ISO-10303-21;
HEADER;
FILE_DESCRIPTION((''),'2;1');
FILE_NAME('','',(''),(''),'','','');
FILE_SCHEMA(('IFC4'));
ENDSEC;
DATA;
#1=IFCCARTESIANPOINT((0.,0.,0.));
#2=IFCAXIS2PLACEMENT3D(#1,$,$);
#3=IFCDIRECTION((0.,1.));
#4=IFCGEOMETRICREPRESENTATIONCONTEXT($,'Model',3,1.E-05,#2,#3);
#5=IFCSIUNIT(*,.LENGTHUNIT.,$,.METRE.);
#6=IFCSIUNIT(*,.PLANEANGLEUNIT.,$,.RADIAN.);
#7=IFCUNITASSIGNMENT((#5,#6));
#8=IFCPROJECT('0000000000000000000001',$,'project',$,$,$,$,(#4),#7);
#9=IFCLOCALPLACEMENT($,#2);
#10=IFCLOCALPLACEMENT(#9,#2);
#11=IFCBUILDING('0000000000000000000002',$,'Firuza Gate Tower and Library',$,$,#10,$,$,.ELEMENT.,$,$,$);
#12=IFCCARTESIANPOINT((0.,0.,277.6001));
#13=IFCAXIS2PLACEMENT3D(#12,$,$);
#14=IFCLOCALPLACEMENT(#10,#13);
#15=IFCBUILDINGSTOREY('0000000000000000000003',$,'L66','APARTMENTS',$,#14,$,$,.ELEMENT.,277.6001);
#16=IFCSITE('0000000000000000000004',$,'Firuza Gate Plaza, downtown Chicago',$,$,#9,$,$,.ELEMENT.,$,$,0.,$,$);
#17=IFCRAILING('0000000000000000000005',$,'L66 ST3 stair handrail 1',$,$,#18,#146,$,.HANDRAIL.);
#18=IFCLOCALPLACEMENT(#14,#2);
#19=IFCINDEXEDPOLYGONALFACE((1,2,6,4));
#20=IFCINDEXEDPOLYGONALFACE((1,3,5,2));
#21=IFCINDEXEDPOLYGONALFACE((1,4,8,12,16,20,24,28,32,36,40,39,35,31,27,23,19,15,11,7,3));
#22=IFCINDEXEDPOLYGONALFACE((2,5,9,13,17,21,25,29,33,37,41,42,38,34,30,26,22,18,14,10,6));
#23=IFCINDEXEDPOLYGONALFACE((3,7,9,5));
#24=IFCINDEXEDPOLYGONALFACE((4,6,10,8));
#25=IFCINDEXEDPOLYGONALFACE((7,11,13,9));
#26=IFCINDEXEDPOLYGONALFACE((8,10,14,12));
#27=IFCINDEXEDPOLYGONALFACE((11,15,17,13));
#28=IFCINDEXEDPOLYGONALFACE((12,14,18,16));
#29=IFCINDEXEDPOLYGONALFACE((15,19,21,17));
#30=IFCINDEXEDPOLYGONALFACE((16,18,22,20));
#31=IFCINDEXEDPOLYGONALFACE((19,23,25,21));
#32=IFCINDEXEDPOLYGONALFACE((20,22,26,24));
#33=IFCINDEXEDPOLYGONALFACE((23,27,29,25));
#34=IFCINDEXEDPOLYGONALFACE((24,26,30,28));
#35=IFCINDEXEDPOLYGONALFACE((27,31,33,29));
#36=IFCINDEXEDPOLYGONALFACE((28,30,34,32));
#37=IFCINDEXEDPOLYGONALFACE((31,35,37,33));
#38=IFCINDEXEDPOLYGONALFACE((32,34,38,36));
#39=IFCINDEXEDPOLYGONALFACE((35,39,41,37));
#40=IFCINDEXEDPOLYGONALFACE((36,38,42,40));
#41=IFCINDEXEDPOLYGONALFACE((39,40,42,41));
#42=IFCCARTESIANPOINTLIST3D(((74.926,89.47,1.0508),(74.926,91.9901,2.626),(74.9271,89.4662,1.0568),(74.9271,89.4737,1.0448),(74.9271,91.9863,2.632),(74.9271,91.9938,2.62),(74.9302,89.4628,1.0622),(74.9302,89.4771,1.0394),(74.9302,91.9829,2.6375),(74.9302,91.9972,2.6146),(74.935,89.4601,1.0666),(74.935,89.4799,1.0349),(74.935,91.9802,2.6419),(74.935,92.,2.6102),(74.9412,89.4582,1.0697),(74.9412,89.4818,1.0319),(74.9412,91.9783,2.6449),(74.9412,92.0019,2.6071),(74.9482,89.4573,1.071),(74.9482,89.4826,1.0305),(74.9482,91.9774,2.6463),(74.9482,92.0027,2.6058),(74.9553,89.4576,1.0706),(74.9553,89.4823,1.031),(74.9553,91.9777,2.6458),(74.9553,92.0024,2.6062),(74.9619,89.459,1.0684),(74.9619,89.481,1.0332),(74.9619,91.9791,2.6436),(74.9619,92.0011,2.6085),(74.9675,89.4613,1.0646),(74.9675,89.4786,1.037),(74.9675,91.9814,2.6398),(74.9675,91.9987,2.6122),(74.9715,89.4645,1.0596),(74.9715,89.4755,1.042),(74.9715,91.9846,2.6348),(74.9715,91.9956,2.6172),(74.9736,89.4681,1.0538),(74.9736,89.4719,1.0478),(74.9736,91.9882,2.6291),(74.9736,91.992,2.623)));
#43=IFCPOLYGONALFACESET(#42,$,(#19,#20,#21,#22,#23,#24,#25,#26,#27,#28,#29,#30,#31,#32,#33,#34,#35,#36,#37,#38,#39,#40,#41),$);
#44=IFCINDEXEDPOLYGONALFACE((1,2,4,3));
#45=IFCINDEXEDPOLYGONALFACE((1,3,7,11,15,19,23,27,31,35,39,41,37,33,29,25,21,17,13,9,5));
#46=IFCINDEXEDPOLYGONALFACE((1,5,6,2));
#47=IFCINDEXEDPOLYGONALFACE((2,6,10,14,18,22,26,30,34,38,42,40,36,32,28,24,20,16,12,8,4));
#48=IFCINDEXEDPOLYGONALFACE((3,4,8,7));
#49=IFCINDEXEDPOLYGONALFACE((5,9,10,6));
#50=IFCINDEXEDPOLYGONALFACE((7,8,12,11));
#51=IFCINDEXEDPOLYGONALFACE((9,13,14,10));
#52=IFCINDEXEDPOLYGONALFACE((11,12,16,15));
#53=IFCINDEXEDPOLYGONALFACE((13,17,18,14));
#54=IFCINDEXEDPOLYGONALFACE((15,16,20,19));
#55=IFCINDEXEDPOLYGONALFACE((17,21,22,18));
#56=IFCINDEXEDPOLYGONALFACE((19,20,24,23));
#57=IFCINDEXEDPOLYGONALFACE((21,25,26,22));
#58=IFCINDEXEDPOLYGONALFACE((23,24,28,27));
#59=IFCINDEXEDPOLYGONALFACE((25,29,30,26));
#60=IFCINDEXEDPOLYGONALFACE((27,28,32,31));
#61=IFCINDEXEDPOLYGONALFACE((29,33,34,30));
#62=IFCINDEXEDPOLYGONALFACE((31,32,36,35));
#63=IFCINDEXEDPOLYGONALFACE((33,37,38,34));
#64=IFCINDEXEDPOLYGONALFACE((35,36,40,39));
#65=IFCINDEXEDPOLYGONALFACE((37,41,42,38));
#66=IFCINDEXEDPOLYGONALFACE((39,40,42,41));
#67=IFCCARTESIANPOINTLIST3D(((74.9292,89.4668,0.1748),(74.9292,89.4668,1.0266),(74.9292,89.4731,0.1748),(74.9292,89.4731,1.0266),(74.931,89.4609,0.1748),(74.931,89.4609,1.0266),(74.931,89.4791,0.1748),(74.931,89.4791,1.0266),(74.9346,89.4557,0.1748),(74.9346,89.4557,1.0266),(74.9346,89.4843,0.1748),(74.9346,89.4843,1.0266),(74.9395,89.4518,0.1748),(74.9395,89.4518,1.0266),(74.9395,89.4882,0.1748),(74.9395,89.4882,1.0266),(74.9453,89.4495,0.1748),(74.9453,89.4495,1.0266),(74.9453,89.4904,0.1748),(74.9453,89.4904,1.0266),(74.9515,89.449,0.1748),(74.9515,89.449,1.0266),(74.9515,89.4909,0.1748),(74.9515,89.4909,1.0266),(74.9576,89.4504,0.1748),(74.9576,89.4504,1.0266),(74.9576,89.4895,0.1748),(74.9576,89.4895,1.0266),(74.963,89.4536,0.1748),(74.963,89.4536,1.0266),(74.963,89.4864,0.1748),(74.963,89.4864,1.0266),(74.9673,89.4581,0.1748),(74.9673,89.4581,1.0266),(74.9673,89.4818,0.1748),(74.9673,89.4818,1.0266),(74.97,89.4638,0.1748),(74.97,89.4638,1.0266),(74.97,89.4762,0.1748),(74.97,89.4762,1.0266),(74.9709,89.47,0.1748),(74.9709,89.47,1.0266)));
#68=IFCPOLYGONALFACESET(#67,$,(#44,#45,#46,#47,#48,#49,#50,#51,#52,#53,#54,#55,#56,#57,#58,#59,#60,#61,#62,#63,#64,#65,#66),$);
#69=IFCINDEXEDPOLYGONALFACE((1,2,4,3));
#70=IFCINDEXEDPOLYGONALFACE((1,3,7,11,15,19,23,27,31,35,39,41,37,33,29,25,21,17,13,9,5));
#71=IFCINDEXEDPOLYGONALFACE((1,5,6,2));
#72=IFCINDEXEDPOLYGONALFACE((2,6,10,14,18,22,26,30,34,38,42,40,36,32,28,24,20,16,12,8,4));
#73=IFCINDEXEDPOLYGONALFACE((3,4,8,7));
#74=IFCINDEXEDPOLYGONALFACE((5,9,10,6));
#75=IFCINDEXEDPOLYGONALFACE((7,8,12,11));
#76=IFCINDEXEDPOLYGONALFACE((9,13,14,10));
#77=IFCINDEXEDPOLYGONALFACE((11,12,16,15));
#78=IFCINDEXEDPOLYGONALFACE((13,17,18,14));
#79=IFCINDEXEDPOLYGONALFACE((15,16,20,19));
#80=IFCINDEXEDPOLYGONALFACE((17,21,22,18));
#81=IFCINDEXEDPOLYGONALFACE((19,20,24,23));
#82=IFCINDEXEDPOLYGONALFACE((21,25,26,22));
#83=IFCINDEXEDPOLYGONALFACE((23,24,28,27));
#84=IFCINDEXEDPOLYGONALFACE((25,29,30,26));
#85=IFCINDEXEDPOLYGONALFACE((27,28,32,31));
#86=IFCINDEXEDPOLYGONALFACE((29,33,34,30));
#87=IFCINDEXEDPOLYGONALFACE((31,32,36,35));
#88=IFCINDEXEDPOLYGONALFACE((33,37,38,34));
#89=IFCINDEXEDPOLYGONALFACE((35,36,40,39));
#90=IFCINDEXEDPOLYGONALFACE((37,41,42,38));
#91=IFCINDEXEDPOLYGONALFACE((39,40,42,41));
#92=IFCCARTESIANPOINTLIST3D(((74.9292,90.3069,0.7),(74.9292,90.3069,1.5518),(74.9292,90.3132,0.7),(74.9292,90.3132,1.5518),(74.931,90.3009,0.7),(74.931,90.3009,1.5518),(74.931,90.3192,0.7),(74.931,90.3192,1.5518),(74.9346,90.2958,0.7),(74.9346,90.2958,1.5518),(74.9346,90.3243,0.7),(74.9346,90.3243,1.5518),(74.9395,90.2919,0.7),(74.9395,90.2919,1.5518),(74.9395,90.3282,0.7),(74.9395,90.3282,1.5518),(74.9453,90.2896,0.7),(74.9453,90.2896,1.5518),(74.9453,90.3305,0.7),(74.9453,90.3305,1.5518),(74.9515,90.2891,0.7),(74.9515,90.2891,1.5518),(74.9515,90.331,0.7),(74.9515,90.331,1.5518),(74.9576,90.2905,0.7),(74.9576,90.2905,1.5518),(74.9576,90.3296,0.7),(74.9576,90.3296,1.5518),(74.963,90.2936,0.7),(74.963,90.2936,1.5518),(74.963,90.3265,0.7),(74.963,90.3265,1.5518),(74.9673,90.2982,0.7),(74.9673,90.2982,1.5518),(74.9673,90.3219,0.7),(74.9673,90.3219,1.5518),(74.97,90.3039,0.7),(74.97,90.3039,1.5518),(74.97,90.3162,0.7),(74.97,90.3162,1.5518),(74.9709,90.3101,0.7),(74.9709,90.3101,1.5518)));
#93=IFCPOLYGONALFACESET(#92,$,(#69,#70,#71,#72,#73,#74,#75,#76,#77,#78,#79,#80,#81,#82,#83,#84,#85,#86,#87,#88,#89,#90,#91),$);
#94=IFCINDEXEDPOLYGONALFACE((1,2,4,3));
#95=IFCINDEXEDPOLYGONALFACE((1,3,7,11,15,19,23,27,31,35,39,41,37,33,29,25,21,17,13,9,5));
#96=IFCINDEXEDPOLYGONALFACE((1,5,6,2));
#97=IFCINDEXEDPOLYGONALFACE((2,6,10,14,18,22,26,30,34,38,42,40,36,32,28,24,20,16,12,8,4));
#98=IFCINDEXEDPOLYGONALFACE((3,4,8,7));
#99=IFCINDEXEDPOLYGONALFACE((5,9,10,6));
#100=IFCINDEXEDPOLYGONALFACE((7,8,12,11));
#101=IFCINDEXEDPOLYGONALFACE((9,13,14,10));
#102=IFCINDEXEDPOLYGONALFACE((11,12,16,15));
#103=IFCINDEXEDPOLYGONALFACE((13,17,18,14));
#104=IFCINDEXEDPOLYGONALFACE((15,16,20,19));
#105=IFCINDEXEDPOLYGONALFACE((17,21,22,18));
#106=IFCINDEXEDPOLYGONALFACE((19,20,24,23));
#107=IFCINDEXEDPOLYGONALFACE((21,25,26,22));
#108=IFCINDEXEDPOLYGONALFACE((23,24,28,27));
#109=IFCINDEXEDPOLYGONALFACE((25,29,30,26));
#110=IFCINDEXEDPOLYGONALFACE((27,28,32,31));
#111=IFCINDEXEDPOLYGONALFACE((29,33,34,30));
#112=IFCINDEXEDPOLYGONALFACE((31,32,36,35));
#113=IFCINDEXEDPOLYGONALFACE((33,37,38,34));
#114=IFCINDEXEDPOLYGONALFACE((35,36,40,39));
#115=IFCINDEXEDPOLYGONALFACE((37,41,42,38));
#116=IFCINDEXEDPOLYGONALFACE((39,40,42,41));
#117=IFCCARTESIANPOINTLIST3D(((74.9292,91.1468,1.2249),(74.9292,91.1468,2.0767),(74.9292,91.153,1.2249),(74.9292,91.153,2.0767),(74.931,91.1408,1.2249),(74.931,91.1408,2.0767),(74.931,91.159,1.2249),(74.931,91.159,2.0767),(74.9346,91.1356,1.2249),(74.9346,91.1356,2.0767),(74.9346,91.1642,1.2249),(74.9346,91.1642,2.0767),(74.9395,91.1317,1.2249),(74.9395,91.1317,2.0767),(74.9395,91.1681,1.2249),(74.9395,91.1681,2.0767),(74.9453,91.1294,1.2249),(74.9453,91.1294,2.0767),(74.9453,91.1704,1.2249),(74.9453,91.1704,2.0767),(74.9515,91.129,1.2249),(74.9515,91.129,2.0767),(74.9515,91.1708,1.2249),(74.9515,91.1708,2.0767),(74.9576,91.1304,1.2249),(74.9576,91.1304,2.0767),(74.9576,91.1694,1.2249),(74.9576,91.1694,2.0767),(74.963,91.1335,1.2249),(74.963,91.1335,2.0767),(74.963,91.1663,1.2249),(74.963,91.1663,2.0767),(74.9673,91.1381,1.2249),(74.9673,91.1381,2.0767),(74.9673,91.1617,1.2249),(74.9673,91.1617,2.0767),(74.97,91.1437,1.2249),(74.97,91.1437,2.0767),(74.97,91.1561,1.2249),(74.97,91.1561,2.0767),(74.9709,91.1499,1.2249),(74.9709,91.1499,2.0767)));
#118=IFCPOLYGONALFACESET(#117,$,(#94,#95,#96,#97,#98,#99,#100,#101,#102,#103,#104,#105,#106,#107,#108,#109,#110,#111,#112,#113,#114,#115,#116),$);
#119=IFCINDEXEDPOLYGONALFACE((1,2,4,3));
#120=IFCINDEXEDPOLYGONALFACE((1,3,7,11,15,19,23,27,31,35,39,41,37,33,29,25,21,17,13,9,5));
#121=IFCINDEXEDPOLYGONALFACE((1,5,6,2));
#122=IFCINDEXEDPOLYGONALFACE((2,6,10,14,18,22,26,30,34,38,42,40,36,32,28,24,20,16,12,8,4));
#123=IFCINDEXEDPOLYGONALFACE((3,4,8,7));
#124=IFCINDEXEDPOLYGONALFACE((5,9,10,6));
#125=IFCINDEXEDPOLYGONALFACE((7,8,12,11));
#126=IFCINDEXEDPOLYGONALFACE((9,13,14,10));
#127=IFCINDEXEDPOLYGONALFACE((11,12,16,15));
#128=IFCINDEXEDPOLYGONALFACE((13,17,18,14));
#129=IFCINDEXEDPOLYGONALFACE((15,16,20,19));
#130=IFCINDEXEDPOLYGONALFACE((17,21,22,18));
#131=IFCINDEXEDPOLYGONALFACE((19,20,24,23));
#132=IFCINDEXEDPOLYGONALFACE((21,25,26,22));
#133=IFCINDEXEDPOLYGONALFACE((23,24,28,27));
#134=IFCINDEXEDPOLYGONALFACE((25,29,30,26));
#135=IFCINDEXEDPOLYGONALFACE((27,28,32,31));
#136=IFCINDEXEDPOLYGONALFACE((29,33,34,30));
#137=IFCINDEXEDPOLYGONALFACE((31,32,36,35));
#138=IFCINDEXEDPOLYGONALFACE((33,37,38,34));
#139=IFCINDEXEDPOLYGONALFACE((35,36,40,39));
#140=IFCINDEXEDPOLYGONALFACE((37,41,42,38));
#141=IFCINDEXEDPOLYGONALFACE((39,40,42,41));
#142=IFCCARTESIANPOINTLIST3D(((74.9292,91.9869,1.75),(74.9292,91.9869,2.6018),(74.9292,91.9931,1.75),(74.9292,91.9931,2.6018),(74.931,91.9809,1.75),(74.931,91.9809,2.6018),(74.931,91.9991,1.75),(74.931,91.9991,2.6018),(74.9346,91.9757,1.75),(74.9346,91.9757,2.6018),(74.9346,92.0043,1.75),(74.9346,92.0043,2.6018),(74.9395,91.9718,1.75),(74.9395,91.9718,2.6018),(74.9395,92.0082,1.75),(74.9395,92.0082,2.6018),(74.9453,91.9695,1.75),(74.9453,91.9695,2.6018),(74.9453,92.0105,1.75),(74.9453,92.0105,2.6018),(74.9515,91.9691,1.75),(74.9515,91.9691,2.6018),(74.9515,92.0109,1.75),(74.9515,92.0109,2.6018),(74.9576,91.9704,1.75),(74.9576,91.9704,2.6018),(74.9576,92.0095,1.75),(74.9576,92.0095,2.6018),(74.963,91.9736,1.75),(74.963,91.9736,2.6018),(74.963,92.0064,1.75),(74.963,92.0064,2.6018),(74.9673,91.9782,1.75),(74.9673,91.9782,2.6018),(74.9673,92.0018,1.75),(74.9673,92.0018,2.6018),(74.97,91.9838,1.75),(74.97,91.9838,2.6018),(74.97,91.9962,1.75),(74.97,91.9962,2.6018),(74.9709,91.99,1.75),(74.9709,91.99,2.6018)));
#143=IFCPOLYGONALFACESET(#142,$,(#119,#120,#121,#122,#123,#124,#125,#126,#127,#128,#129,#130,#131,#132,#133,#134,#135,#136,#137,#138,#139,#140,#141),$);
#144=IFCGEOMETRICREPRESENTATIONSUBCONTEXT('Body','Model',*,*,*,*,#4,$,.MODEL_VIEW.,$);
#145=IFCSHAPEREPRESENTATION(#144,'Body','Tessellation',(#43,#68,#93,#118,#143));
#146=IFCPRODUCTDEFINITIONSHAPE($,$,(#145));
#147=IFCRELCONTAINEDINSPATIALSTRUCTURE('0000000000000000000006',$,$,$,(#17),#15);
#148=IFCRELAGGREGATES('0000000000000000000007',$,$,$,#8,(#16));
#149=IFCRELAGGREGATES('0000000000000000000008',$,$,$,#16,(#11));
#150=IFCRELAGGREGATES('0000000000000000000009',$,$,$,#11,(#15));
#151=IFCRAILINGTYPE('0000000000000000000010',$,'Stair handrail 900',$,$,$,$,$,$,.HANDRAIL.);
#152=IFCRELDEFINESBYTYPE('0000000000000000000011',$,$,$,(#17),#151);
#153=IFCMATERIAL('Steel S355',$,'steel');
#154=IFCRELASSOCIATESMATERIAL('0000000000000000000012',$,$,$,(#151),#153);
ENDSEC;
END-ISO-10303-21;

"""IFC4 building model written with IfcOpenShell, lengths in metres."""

from ifc_helpers import new_model, si_unit, direction, frame, origin, origin_2d, place, context, subcontext, project, spatial, circle, extrude, material, type_object, element, save


model = new_model("IFC4")

# Units and contexts
model_context = context("Model", 3, precision=1e-05, world=origin(), true_north=direction((0.0, 1.0)))
body_context = subcontext(model_context, "Body", "Model", "MODEL_VIEW")
ifc_project = project(units=[si_unit("LENGTHUNIT", "METRE"), si_unit("PLANEANGLEUNIT", "RADIAN")], contexts=[model_context])

# Site, building, storey
site_placement = place(None, origin())
site = spatial("IfcSite", under=ifc_project, at=site_placement, Name="Firuza Gate Plaza, downtown Chicago", CompositionType="ELEMENT", RefElevation=0.0)
building_placement = place(site_placement, origin())
building = spatial("IfcBuilding", under=site, at=building_placement, Name="Firuza Gate Tower and Library", CompositionType="ELEMENT")
storey_placement = place(building_placement, frame((0.0, 0.0, 277.6001)))
storey = spatial("IfcBuildingStorey", under=building, at=storey_placement, Name="L66", Description="APARTMENTS", CompositionType="ELEMENT", Elevation=277.6001)

# Railing
ifc_material_1 = material(Name="Steel S355", Category="steel")
railing_type_1 = type_object("IfcRailingType", Name="Stair handrail 900", PredefinedType="HANDRAIL", material=ifc_material_1)
railing_1_placement = place(storey_placement, frame((74.95, 89.47, 0.1748)))
element("IfcRailing", 1, at=railing_1_placement, inside=storey, type_object=railing_type_1, Name="L66 ST3 stair handrail 1", PredefinedType="HANDRAIL", context=body_context, shape_type="SweptSolid", body=[
    extrude(circle(Radius=0.0239, at=origin_2d()), frame((0.0, 0.0, 0.876), z_axis=(0.0, 0.847971, 0.530043), x_axis=(-1.0, 0.0, 0.0)), (0.0, 0.0, 1.0), 2.9719),
    extrude(circle(Radius=0.021, at=origin_2d()), origin(), (0.0, 0.0, 1.0), 0.8518),
    extrude(circle(Radius=0.021, at=origin_2d()), frame((0.0, 0.8401, 0.5251)), (0.0, 0.0, 1.0), 0.8518),
    extrude(circle(Radius=0.021, at=origin_2d()), frame((0.0, 1.6799, 1.05)), (0.0, 0.0, 1.0), 0.8518),
    extrude(circle(Radius=0.021, at=origin_2d()), frame((0.0, 2.52, 1.5752)), (0.0, 0.0, 1.0), 0.8518),
])

save(model, "model.ifc")
